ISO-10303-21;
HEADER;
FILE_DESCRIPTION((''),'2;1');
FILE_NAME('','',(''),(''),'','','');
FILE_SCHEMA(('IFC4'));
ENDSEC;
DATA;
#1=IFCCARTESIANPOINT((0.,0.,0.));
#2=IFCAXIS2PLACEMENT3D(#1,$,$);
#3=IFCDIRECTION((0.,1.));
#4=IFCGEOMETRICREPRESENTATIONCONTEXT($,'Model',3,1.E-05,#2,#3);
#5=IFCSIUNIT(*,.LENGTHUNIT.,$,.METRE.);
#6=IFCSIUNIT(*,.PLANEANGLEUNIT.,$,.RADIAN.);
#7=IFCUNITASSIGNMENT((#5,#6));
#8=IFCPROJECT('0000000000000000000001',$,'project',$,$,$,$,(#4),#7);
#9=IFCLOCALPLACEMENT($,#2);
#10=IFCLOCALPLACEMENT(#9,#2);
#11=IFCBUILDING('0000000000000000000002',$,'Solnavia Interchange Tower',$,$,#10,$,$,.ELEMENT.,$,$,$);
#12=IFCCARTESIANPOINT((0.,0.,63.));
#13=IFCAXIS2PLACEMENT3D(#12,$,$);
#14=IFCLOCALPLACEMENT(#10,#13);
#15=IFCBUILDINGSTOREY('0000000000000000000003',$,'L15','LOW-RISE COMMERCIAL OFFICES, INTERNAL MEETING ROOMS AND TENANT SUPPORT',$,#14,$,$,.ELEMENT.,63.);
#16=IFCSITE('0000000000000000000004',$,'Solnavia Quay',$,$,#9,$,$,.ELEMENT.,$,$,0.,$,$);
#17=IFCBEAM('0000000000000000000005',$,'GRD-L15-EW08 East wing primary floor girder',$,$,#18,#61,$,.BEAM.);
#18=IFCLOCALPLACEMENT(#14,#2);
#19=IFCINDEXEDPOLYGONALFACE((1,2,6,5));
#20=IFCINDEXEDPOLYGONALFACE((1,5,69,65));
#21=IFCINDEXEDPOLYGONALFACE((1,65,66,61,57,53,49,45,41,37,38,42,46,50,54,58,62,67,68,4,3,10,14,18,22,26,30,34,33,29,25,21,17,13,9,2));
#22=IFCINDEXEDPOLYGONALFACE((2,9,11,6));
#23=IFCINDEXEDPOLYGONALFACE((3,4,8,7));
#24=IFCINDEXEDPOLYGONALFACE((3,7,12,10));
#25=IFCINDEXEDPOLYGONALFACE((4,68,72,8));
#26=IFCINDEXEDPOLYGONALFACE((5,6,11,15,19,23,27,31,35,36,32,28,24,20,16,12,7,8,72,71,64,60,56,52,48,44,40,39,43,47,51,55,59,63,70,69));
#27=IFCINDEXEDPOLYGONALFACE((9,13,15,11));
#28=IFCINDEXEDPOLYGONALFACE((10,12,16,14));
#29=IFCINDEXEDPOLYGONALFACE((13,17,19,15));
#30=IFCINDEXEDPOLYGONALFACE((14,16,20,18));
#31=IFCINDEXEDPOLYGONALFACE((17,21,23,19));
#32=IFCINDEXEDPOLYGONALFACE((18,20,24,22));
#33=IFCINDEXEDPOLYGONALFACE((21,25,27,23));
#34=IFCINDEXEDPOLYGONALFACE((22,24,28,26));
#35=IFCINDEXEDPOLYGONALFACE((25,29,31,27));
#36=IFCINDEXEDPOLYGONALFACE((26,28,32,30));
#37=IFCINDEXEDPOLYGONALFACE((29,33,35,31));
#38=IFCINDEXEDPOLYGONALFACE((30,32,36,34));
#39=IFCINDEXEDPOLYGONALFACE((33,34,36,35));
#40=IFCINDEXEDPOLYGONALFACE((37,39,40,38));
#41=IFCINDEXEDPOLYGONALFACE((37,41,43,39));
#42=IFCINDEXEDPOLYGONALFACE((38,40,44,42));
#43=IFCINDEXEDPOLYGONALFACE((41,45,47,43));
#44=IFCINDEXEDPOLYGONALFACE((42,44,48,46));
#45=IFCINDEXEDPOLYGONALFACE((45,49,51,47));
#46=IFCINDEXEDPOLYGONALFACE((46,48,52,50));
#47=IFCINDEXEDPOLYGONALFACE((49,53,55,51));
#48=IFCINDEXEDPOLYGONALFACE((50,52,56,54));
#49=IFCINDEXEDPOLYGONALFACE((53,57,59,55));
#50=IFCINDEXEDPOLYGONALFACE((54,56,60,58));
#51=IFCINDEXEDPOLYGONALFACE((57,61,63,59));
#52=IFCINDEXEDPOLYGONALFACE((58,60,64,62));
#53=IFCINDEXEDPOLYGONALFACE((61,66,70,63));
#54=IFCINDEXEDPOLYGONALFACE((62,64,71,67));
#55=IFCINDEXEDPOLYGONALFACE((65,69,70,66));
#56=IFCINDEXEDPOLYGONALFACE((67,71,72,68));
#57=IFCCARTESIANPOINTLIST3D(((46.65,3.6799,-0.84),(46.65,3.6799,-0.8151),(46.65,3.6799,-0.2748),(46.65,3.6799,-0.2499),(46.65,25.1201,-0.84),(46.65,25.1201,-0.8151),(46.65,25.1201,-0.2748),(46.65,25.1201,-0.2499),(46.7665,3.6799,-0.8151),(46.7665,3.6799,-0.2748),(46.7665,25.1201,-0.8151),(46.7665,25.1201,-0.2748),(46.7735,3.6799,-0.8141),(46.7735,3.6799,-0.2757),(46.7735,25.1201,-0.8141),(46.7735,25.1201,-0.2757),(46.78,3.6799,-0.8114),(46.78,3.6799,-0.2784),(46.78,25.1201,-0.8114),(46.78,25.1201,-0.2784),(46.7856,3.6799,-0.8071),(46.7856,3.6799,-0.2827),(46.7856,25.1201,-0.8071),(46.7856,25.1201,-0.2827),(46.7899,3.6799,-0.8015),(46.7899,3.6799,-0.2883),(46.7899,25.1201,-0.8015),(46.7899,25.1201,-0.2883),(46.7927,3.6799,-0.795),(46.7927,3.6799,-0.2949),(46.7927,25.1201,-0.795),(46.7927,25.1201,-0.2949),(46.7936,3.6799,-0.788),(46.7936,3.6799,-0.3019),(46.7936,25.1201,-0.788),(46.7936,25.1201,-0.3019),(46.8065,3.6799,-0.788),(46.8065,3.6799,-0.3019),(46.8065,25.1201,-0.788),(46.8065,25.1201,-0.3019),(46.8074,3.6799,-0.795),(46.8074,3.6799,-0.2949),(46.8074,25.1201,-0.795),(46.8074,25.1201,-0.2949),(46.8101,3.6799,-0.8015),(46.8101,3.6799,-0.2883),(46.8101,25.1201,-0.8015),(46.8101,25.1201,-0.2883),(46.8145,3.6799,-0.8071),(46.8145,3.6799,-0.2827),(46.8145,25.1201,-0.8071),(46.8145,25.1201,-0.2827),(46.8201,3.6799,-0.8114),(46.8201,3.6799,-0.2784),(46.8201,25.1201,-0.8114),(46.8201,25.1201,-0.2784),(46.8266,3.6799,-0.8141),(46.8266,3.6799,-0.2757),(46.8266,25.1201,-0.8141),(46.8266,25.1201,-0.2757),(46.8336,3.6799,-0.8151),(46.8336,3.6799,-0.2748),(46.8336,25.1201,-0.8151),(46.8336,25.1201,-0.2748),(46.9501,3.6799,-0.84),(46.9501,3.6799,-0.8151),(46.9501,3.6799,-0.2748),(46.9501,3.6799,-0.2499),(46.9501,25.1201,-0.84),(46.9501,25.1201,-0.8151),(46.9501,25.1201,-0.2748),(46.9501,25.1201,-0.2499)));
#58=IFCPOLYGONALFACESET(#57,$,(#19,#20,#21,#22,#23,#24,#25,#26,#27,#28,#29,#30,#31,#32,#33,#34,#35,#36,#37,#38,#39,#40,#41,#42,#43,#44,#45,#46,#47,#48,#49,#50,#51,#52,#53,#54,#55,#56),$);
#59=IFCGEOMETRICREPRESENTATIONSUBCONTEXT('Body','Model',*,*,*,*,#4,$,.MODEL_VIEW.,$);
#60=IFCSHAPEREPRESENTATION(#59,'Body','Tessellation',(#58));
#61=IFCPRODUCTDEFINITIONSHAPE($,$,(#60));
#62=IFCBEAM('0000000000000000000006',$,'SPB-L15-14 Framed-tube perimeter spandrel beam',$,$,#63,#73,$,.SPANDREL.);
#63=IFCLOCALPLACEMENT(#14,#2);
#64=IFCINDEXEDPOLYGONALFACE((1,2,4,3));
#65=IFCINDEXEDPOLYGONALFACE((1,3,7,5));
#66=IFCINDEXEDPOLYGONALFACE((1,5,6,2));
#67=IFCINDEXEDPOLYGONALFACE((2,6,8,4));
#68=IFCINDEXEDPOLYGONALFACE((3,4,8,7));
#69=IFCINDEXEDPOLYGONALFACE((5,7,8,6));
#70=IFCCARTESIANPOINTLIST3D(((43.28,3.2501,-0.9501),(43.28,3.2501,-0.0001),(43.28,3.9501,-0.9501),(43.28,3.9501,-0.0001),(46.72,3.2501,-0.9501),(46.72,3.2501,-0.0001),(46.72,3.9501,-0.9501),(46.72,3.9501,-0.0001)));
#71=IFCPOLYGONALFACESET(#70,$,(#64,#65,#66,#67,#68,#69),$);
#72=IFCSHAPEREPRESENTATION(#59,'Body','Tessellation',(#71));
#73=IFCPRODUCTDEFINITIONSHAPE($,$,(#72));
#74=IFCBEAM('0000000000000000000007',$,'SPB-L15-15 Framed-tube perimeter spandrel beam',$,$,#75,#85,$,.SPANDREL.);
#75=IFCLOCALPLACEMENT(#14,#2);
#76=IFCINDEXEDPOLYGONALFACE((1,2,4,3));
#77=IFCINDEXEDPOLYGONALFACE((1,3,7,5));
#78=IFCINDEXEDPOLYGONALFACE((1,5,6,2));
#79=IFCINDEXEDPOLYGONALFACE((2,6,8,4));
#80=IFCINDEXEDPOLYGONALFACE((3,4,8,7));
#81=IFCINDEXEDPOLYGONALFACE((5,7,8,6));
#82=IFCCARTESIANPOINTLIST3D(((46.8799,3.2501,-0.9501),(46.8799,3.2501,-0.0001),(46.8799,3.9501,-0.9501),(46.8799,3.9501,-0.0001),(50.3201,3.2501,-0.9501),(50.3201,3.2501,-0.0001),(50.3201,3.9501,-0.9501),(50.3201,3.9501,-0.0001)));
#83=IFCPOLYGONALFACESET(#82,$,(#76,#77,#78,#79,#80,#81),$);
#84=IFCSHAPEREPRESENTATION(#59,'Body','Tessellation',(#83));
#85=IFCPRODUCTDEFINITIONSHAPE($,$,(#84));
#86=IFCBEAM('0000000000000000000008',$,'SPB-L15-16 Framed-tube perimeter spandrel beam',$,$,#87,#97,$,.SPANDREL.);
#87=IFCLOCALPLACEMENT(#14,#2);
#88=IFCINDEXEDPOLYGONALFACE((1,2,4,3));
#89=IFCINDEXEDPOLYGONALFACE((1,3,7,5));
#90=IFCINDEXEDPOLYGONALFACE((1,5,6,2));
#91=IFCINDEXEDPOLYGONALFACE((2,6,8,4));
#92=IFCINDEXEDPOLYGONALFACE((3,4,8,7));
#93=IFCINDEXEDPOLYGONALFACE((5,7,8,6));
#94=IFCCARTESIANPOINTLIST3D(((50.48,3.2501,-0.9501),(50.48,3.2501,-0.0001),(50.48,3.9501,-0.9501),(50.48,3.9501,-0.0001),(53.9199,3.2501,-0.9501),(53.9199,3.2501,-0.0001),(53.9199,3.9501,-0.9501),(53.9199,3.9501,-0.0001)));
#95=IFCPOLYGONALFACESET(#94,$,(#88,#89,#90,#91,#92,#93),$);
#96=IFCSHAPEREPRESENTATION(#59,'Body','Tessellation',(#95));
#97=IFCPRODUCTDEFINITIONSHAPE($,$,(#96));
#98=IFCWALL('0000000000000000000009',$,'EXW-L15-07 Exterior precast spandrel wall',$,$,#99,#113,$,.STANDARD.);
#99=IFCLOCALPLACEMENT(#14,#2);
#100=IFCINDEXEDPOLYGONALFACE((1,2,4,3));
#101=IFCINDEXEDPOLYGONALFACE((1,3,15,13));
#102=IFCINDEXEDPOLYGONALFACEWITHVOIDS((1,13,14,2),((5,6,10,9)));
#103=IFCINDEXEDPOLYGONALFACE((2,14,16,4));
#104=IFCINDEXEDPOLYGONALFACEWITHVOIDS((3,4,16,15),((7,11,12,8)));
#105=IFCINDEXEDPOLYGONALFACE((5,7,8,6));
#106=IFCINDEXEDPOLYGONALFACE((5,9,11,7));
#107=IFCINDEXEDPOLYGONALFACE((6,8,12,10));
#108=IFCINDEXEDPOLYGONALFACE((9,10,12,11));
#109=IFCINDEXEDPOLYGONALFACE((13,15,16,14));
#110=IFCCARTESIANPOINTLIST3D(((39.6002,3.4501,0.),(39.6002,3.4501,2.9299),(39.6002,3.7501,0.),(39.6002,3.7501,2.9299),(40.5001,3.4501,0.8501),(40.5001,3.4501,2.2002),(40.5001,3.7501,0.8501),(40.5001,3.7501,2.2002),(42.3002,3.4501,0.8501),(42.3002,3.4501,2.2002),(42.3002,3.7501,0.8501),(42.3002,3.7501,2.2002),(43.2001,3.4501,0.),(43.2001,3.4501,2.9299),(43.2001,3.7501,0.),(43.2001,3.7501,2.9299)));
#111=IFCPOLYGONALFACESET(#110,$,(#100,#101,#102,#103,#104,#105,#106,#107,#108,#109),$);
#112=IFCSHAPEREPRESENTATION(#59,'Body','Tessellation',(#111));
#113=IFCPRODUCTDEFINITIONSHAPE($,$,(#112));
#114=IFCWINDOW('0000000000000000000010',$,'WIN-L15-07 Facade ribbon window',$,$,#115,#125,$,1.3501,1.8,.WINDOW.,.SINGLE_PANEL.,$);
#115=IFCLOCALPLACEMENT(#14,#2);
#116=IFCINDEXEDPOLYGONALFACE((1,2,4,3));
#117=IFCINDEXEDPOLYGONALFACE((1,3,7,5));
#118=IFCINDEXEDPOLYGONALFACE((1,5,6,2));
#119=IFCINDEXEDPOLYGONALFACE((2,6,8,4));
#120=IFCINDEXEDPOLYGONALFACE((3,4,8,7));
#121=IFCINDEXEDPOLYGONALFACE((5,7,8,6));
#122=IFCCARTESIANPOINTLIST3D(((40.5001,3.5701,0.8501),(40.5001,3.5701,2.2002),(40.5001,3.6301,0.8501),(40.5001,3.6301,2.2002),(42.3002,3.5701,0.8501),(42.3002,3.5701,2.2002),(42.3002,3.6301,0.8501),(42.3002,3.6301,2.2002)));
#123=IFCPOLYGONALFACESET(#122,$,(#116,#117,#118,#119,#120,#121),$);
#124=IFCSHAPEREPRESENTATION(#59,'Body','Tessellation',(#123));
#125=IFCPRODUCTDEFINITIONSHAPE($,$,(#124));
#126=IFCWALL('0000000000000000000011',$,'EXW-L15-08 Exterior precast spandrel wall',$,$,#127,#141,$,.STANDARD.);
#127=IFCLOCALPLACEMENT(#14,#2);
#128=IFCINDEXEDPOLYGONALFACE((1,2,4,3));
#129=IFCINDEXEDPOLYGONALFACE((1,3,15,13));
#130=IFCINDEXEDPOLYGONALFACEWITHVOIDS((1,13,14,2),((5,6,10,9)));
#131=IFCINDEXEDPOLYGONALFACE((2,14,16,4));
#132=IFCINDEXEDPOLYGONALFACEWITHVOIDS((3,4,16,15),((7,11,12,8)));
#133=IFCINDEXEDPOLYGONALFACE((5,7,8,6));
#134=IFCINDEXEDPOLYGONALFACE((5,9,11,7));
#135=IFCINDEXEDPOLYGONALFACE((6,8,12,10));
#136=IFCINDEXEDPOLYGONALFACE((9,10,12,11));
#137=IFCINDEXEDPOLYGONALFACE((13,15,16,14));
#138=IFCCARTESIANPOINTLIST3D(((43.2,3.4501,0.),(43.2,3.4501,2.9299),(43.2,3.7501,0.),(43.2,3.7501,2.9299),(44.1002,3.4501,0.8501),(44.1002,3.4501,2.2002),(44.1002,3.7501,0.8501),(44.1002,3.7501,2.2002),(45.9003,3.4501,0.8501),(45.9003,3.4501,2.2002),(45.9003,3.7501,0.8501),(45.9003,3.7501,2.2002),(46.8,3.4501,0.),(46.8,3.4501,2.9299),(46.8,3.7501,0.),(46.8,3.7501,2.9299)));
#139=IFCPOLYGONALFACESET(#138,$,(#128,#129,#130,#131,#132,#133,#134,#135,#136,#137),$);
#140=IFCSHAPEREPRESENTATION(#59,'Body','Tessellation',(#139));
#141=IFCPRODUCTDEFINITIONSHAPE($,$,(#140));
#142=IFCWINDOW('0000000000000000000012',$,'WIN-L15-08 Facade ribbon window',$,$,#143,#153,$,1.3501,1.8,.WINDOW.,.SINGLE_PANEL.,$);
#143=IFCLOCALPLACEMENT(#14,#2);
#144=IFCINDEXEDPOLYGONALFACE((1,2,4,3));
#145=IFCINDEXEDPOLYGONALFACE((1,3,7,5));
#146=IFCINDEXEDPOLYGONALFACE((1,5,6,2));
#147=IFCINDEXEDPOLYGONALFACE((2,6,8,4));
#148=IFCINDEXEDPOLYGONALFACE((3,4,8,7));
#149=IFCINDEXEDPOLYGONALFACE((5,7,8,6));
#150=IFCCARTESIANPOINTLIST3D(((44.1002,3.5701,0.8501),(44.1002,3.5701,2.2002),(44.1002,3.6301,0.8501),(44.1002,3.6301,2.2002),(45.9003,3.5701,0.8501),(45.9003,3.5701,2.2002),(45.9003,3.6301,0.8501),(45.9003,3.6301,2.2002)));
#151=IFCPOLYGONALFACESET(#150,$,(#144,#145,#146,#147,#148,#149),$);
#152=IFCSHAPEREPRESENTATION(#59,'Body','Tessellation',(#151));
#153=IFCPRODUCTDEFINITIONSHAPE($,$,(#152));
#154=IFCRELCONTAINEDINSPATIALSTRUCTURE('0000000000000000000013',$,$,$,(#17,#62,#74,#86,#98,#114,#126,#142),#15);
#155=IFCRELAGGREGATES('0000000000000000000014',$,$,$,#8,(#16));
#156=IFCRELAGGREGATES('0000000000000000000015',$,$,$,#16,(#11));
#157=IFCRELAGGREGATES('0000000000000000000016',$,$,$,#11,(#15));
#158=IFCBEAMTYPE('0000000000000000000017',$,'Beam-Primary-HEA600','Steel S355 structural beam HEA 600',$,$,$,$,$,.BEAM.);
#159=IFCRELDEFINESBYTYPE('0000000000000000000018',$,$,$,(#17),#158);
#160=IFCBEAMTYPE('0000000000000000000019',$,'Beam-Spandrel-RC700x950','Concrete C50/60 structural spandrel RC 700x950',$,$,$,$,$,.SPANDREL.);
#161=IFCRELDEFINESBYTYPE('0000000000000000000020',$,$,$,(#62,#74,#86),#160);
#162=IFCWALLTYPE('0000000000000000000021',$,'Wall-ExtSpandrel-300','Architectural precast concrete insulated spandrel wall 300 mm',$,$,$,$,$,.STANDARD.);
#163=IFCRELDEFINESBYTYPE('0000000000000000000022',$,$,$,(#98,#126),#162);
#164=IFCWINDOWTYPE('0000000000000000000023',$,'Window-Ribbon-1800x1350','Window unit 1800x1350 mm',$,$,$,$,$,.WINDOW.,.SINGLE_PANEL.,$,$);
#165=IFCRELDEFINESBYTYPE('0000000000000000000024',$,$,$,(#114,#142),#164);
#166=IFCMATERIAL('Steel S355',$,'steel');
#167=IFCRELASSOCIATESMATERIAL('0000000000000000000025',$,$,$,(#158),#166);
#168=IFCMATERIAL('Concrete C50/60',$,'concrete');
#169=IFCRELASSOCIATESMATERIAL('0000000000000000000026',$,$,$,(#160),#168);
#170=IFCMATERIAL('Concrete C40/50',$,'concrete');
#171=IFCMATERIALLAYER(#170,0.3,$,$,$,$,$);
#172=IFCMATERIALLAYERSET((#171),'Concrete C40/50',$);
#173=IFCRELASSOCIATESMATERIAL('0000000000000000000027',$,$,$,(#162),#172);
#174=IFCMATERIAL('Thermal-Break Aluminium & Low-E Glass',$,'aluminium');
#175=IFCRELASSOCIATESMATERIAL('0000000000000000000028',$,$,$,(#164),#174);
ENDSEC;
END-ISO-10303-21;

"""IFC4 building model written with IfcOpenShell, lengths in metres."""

from ifc_helpers import new_model, si_unit, direction, frame, frame_2d, origin, origin_2d, place, context, subcontext, project, spatial, rectangle, i_section, extrude, material, layer, layer_set, material_profile, profile_set, type_object, element, fill, save


model = new_model("IFC4")

# Units and contexts
model_context = context("Model", 3, precision=1e-05, world=origin(), true_north=direction((0.0, 1.0)))
body_context = subcontext(model_context, "Body", "Model", "MODEL_VIEW")
ifc_project = project(units=[si_unit("LENGTHUNIT", "METRE"), si_unit("PLANEANGLEUNIT", "RADIAN")], contexts=[model_context])

# Site, building, storey
site_placement = place(None, origin())
site = spatial("IfcSite", under=ifc_project, at=site_placement, Name="Solnavia Quay", CompositionType="ELEMENT", RefElevation=0.0)
building_placement = place(site_placement, origin())
building = spatial("IfcBuilding", under=site, at=building_placement, Name="Solnavia Interchange Tower", CompositionType="ELEMENT")
storey_placement = place(building_placement, frame((0.0, 0.0, 63.0)))
storey = spatial("IfcBuildingStorey", under=building, at=storey_placement, Name="L15", Description="LOW-RISE COMMERCIAL OFFICES, INTERNAL MEETING ROOMS AND TENANT SUPPORT", CompositionType="ELEMENT", Elevation=63.0)

# Shared definitions
ifc_material_1 = material(Name="Steel S355", Category="steel")

# Beams
ifc_material_profile_1 = material_profile(ifc_material_1, i_section(OverallWidth=0.3, OverallDepth=0.5901, WebThickness=0.0129, FlangeThickness=0.0249, FilletRadius=0.0271, at=origin_2d()), Name="HEA 600")
ifc_profile_set_1 = profile_set([ifc_material_profile_1], Name="Steel S355")
beam_type_1 = type_object("IfcBeamType", Name="Beam-Primary-HEA600", Description="Steel S355 structural beam HEA 600", PredefinedType="BEAM", material=ifc_profile_set_1)
beam_1_placement = place(storey_placement, frame((46.8, 3.6799, -0.5449), z_axis=(0.0, 1.0, 0.0), x_axis=(-1.0, 0.0, 0.0)))
element("IfcBeam", 1, at=beam_1_placement, inside=storey, type_object=beam_type_1, Name="GRD-L15-EW08 East wing primary floor girder", PredefinedType="BEAM", context=body_context, shape_type="SweptSolid", body=[
    extrude(i_section(OverallWidth=0.3, OverallDepth=0.5901, WebThickness=0.0129, FlangeThickness=0.0249, FilletRadius=0.0271, at=origin_2d()), origin(), (0.0, 0.0, 1.0), 21.4402),
])
ifc_material_2 = material(Name="Concrete C50/60", Category="concrete")
ifc_material_profile_2 = material_profile(ifc_material_2, rectangle(XDim=0.7, YDim=0.95, at=origin_2d()), Name="RC 700x950")
ifc_profile_set_2 = profile_set([ifc_material_profile_2], Name="Concrete C50/60")
beam_type_2 = type_object("IfcBeamType", Name="Beam-Spandrel-RC700x950", Description="Concrete C50/60 structural spandrel RC 700x950", PredefinedType="SPANDREL", material=ifc_profile_set_2)
beam_2_placement = place(storey_placement, frame((43.28, 3.6001, -0.4751), z_axis=(1.0, 0.0, 0.0), x_axis=(0.0, 1.0, 0.0)))
element("IfcBeam", 2, at=beam_2_placement, inside=storey, type_object=beam_type_2, Name="SPB-L15-14 Framed-tube perimeter spandrel beam", PredefinedType="SPANDREL", context=body_context, shape_type="SweptSolid", body=[
    extrude(rectangle(XDim=0.7, YDim=0.95, at=origin_2d()), origin(), (0.0, 0.0, 1.0), 3.4399),
])
beam_3_placement = place(storey_placement, frame((46.8799, 3.6001, -0.4751), z_axis=(1.0, 0.0, 0.0), x_axis=(0.0, 1.0, 0.0)))
element("IfcBeam", 3, at=beam_3_placement, inside=storey, type_object=beam_type_2, Name="SPB-L15-15 Framed-tube perimeter spandrel beam", PredefinedType="SPANDREL", context=body_context, shape_type="SweptSolid", body=[
    extrude(rectangle(XDim=0.7, YDim=0.95, at=origin_2d()), origin(), (0.0, 0.0, 1.0), 3.4402),
])
beam_4_placement = place(storey_placement, frame((50.48, 3.6001, -0.4751), z_axis=(1.0, 0.0, 0.0), x_axis=(0.0, 1.0, 0.0)))
element("IfcBeam", 4, at=beam_4_placement, inside=storey, type_object=beam_type_2, Name="SPB-L15-16 Framed-tube perimeter spandrel beam", PredefinedType="SPANDREL", context=body_context, shape_type="SweptSolid", body=[
    extrude(rectangle(XDim=0.7, YDim=0.95, at=origin_2d()), origin(), (0.0, 0.0, 1.0), 3.4399),
])

# Walls, openings, windows
ifc_material_3 = material(Name="Concrete C40/50", Category="concrete")
ifc_layer_1 = layer(ifc_material_3, 0.3)
ifc_layer_set_1 = layer_set([ifc_layer_1], Name="Concrete C40/50")
wall_type_1 = type_object("IfcWallType", Name="Wall-ExtSpandrel-300", Description="Architectural precast concrete insulated spandrel wall 300 mm", PredefinedType="STANDARD", material=ifc_layer_set_1)
wall_1_placement = place(storey_placement, frame((43.2, 3.6001, 0.0), z_axis=(0.0, 0.0, 1.0), x_axis=(-1.0, 0.0, 0.0)))
wall_1 = element("IfcWall", 5, at=wall_1_placement, inside=storey, type_object=wall_type_1, Name="EXW-L15-07 Exterior precast spandrel wall", PredefinedType="STANDARD", context=body_context, shape_type="SweptSolid", body=[
    extrude(rectangle(XDim=3.5999, YDim=0.3, at=frame_2d((1.7998, 0.0))), origin(), (0.0, 0.0, 1.0), 2.9299),
])
opening_1_placement = place(wall_1_placement, frame((0.8999, 0.0, 0.8501)))
opening_1 = element("IfcOpeningElement", 6, at=opening_1_placement, cuts=wall_1, PredefinedType="OPENING", context=body_context, shape_type="SweptSolid", body=[
    extrude(rectangle(XDim=1.8, YDim=1.3501, at=frame_2d((0.8999, 0.675))), frame((0.0, 0.1602, 0.0), z_axis=(0.0, -1.0, 0.0), x_axis=(1.0, 0.0, 0.0)), (0.0, 0.0, 1.0), 0.3201),
])
ifc_material_4 = material(Name="Thermal-Break Aluminium & Low-E Glass", Category="aluminium")
window_type = type_object("IfcWindowType", Name="Window-Ribbon-1800x1350", Description="Window unit 1800x1350 mm", PartitioningType="SINGLE_PANEL", PredefinedType="WINDOW", material=ifc_material_4)
window_1_placement = place(opening_1_placement, origin())
window_1 = element("IfcWindow", 7, at=window_1_placement, inside=storey, type_object=window_type, Name="WIN-L15-07 Facade ribbon window", OverallHeight=1.3501, OverallWidth=1.8, PartitioningType="SINGLE_PANEL", PredefinedType="WINDOW", context=body_context, shape_type="SweptSolid", body=[
    extrude(rectangle(XDim=1.8, YDim=1.3501, at=frame_2d((0.8999, 0.675))), frame((0.0, 0.03, 0.0), z_axis=(0.0, -1.0, 0.0), x_axis=(1.0, 0.0, 0.0)), (0.0, 0.0, 1.0), 0.0601),
])
fill(opening_1, window_1)
wall_2_placement = place(storey_placement, frame((46.8, 3.6001, 0.0), z_axis=(0.0, 0.0, 1.0), x_axis=(-1.0, 0.0, 0.0)))
wall_2 = element("IfcWall", 8, at=wall_2_placement, inside=storey, type_object=wall_type_1, Name="EXW-L15-08 Exterior precast spandrel wall", PredefinedType="STANDARD", context=body_context, shape_type="SweptSolid", body=[
    extrude(rectangle(XDim=3.6001, YDim=0.3, at=frame_2d((1.8, 0.0))), origin(), (0.0, 0.0, 1.0), 2.9299),
])
opening_2_placement = place(wall_2_placement, frame((0.8999, 0.0, 0.8501)))
opening_2 = element("IfcOpeningElement", 9, at=opening_2_placement, cuts=wall_2, PredefinedType="OPENING", context=body_context, shape_type="SweptSolid", body=[
    extrude(rectangle(XDim=1.8, YDim=1.3501, at=frame_2d((0.8999, 0.675))), frame((0.0, 0.1602, 0.0), z_axis=(0.0, -1.0, 0.0), x_axis=(1.0, 0.0, 0.0)), (0.0, 0.0, 1.0), 0.3201),
])
window_2_placement = place(opening_2_placement, origin())
window_2 = element("IfcWindow", 10, at=window_2_placement, inside=storey, type_object=window_type, Name="WIN-L15-08 Facade ribbon window", OverallHeight=1.3501, OverallWidth=1.8, PartitioningType="SINGLE_PANEL", PredefinedType="WINDOW", context=body_context, shape_type="SweptSolid", body=[
    extrude(rectangle(XDim=1.8, YDim=1.3501, at=frame_2d((0.8999, 0.675))), frame((0.0, 0.03, 0.0), z_axis=(0.0, -1.0, 0.0), x_axis=(1.0, 0.0, 0.0)), (0.0, 0.0, 1.0), 0.0601),
])
fill(opening_2, window_2)

save(model, "model.ifc")
